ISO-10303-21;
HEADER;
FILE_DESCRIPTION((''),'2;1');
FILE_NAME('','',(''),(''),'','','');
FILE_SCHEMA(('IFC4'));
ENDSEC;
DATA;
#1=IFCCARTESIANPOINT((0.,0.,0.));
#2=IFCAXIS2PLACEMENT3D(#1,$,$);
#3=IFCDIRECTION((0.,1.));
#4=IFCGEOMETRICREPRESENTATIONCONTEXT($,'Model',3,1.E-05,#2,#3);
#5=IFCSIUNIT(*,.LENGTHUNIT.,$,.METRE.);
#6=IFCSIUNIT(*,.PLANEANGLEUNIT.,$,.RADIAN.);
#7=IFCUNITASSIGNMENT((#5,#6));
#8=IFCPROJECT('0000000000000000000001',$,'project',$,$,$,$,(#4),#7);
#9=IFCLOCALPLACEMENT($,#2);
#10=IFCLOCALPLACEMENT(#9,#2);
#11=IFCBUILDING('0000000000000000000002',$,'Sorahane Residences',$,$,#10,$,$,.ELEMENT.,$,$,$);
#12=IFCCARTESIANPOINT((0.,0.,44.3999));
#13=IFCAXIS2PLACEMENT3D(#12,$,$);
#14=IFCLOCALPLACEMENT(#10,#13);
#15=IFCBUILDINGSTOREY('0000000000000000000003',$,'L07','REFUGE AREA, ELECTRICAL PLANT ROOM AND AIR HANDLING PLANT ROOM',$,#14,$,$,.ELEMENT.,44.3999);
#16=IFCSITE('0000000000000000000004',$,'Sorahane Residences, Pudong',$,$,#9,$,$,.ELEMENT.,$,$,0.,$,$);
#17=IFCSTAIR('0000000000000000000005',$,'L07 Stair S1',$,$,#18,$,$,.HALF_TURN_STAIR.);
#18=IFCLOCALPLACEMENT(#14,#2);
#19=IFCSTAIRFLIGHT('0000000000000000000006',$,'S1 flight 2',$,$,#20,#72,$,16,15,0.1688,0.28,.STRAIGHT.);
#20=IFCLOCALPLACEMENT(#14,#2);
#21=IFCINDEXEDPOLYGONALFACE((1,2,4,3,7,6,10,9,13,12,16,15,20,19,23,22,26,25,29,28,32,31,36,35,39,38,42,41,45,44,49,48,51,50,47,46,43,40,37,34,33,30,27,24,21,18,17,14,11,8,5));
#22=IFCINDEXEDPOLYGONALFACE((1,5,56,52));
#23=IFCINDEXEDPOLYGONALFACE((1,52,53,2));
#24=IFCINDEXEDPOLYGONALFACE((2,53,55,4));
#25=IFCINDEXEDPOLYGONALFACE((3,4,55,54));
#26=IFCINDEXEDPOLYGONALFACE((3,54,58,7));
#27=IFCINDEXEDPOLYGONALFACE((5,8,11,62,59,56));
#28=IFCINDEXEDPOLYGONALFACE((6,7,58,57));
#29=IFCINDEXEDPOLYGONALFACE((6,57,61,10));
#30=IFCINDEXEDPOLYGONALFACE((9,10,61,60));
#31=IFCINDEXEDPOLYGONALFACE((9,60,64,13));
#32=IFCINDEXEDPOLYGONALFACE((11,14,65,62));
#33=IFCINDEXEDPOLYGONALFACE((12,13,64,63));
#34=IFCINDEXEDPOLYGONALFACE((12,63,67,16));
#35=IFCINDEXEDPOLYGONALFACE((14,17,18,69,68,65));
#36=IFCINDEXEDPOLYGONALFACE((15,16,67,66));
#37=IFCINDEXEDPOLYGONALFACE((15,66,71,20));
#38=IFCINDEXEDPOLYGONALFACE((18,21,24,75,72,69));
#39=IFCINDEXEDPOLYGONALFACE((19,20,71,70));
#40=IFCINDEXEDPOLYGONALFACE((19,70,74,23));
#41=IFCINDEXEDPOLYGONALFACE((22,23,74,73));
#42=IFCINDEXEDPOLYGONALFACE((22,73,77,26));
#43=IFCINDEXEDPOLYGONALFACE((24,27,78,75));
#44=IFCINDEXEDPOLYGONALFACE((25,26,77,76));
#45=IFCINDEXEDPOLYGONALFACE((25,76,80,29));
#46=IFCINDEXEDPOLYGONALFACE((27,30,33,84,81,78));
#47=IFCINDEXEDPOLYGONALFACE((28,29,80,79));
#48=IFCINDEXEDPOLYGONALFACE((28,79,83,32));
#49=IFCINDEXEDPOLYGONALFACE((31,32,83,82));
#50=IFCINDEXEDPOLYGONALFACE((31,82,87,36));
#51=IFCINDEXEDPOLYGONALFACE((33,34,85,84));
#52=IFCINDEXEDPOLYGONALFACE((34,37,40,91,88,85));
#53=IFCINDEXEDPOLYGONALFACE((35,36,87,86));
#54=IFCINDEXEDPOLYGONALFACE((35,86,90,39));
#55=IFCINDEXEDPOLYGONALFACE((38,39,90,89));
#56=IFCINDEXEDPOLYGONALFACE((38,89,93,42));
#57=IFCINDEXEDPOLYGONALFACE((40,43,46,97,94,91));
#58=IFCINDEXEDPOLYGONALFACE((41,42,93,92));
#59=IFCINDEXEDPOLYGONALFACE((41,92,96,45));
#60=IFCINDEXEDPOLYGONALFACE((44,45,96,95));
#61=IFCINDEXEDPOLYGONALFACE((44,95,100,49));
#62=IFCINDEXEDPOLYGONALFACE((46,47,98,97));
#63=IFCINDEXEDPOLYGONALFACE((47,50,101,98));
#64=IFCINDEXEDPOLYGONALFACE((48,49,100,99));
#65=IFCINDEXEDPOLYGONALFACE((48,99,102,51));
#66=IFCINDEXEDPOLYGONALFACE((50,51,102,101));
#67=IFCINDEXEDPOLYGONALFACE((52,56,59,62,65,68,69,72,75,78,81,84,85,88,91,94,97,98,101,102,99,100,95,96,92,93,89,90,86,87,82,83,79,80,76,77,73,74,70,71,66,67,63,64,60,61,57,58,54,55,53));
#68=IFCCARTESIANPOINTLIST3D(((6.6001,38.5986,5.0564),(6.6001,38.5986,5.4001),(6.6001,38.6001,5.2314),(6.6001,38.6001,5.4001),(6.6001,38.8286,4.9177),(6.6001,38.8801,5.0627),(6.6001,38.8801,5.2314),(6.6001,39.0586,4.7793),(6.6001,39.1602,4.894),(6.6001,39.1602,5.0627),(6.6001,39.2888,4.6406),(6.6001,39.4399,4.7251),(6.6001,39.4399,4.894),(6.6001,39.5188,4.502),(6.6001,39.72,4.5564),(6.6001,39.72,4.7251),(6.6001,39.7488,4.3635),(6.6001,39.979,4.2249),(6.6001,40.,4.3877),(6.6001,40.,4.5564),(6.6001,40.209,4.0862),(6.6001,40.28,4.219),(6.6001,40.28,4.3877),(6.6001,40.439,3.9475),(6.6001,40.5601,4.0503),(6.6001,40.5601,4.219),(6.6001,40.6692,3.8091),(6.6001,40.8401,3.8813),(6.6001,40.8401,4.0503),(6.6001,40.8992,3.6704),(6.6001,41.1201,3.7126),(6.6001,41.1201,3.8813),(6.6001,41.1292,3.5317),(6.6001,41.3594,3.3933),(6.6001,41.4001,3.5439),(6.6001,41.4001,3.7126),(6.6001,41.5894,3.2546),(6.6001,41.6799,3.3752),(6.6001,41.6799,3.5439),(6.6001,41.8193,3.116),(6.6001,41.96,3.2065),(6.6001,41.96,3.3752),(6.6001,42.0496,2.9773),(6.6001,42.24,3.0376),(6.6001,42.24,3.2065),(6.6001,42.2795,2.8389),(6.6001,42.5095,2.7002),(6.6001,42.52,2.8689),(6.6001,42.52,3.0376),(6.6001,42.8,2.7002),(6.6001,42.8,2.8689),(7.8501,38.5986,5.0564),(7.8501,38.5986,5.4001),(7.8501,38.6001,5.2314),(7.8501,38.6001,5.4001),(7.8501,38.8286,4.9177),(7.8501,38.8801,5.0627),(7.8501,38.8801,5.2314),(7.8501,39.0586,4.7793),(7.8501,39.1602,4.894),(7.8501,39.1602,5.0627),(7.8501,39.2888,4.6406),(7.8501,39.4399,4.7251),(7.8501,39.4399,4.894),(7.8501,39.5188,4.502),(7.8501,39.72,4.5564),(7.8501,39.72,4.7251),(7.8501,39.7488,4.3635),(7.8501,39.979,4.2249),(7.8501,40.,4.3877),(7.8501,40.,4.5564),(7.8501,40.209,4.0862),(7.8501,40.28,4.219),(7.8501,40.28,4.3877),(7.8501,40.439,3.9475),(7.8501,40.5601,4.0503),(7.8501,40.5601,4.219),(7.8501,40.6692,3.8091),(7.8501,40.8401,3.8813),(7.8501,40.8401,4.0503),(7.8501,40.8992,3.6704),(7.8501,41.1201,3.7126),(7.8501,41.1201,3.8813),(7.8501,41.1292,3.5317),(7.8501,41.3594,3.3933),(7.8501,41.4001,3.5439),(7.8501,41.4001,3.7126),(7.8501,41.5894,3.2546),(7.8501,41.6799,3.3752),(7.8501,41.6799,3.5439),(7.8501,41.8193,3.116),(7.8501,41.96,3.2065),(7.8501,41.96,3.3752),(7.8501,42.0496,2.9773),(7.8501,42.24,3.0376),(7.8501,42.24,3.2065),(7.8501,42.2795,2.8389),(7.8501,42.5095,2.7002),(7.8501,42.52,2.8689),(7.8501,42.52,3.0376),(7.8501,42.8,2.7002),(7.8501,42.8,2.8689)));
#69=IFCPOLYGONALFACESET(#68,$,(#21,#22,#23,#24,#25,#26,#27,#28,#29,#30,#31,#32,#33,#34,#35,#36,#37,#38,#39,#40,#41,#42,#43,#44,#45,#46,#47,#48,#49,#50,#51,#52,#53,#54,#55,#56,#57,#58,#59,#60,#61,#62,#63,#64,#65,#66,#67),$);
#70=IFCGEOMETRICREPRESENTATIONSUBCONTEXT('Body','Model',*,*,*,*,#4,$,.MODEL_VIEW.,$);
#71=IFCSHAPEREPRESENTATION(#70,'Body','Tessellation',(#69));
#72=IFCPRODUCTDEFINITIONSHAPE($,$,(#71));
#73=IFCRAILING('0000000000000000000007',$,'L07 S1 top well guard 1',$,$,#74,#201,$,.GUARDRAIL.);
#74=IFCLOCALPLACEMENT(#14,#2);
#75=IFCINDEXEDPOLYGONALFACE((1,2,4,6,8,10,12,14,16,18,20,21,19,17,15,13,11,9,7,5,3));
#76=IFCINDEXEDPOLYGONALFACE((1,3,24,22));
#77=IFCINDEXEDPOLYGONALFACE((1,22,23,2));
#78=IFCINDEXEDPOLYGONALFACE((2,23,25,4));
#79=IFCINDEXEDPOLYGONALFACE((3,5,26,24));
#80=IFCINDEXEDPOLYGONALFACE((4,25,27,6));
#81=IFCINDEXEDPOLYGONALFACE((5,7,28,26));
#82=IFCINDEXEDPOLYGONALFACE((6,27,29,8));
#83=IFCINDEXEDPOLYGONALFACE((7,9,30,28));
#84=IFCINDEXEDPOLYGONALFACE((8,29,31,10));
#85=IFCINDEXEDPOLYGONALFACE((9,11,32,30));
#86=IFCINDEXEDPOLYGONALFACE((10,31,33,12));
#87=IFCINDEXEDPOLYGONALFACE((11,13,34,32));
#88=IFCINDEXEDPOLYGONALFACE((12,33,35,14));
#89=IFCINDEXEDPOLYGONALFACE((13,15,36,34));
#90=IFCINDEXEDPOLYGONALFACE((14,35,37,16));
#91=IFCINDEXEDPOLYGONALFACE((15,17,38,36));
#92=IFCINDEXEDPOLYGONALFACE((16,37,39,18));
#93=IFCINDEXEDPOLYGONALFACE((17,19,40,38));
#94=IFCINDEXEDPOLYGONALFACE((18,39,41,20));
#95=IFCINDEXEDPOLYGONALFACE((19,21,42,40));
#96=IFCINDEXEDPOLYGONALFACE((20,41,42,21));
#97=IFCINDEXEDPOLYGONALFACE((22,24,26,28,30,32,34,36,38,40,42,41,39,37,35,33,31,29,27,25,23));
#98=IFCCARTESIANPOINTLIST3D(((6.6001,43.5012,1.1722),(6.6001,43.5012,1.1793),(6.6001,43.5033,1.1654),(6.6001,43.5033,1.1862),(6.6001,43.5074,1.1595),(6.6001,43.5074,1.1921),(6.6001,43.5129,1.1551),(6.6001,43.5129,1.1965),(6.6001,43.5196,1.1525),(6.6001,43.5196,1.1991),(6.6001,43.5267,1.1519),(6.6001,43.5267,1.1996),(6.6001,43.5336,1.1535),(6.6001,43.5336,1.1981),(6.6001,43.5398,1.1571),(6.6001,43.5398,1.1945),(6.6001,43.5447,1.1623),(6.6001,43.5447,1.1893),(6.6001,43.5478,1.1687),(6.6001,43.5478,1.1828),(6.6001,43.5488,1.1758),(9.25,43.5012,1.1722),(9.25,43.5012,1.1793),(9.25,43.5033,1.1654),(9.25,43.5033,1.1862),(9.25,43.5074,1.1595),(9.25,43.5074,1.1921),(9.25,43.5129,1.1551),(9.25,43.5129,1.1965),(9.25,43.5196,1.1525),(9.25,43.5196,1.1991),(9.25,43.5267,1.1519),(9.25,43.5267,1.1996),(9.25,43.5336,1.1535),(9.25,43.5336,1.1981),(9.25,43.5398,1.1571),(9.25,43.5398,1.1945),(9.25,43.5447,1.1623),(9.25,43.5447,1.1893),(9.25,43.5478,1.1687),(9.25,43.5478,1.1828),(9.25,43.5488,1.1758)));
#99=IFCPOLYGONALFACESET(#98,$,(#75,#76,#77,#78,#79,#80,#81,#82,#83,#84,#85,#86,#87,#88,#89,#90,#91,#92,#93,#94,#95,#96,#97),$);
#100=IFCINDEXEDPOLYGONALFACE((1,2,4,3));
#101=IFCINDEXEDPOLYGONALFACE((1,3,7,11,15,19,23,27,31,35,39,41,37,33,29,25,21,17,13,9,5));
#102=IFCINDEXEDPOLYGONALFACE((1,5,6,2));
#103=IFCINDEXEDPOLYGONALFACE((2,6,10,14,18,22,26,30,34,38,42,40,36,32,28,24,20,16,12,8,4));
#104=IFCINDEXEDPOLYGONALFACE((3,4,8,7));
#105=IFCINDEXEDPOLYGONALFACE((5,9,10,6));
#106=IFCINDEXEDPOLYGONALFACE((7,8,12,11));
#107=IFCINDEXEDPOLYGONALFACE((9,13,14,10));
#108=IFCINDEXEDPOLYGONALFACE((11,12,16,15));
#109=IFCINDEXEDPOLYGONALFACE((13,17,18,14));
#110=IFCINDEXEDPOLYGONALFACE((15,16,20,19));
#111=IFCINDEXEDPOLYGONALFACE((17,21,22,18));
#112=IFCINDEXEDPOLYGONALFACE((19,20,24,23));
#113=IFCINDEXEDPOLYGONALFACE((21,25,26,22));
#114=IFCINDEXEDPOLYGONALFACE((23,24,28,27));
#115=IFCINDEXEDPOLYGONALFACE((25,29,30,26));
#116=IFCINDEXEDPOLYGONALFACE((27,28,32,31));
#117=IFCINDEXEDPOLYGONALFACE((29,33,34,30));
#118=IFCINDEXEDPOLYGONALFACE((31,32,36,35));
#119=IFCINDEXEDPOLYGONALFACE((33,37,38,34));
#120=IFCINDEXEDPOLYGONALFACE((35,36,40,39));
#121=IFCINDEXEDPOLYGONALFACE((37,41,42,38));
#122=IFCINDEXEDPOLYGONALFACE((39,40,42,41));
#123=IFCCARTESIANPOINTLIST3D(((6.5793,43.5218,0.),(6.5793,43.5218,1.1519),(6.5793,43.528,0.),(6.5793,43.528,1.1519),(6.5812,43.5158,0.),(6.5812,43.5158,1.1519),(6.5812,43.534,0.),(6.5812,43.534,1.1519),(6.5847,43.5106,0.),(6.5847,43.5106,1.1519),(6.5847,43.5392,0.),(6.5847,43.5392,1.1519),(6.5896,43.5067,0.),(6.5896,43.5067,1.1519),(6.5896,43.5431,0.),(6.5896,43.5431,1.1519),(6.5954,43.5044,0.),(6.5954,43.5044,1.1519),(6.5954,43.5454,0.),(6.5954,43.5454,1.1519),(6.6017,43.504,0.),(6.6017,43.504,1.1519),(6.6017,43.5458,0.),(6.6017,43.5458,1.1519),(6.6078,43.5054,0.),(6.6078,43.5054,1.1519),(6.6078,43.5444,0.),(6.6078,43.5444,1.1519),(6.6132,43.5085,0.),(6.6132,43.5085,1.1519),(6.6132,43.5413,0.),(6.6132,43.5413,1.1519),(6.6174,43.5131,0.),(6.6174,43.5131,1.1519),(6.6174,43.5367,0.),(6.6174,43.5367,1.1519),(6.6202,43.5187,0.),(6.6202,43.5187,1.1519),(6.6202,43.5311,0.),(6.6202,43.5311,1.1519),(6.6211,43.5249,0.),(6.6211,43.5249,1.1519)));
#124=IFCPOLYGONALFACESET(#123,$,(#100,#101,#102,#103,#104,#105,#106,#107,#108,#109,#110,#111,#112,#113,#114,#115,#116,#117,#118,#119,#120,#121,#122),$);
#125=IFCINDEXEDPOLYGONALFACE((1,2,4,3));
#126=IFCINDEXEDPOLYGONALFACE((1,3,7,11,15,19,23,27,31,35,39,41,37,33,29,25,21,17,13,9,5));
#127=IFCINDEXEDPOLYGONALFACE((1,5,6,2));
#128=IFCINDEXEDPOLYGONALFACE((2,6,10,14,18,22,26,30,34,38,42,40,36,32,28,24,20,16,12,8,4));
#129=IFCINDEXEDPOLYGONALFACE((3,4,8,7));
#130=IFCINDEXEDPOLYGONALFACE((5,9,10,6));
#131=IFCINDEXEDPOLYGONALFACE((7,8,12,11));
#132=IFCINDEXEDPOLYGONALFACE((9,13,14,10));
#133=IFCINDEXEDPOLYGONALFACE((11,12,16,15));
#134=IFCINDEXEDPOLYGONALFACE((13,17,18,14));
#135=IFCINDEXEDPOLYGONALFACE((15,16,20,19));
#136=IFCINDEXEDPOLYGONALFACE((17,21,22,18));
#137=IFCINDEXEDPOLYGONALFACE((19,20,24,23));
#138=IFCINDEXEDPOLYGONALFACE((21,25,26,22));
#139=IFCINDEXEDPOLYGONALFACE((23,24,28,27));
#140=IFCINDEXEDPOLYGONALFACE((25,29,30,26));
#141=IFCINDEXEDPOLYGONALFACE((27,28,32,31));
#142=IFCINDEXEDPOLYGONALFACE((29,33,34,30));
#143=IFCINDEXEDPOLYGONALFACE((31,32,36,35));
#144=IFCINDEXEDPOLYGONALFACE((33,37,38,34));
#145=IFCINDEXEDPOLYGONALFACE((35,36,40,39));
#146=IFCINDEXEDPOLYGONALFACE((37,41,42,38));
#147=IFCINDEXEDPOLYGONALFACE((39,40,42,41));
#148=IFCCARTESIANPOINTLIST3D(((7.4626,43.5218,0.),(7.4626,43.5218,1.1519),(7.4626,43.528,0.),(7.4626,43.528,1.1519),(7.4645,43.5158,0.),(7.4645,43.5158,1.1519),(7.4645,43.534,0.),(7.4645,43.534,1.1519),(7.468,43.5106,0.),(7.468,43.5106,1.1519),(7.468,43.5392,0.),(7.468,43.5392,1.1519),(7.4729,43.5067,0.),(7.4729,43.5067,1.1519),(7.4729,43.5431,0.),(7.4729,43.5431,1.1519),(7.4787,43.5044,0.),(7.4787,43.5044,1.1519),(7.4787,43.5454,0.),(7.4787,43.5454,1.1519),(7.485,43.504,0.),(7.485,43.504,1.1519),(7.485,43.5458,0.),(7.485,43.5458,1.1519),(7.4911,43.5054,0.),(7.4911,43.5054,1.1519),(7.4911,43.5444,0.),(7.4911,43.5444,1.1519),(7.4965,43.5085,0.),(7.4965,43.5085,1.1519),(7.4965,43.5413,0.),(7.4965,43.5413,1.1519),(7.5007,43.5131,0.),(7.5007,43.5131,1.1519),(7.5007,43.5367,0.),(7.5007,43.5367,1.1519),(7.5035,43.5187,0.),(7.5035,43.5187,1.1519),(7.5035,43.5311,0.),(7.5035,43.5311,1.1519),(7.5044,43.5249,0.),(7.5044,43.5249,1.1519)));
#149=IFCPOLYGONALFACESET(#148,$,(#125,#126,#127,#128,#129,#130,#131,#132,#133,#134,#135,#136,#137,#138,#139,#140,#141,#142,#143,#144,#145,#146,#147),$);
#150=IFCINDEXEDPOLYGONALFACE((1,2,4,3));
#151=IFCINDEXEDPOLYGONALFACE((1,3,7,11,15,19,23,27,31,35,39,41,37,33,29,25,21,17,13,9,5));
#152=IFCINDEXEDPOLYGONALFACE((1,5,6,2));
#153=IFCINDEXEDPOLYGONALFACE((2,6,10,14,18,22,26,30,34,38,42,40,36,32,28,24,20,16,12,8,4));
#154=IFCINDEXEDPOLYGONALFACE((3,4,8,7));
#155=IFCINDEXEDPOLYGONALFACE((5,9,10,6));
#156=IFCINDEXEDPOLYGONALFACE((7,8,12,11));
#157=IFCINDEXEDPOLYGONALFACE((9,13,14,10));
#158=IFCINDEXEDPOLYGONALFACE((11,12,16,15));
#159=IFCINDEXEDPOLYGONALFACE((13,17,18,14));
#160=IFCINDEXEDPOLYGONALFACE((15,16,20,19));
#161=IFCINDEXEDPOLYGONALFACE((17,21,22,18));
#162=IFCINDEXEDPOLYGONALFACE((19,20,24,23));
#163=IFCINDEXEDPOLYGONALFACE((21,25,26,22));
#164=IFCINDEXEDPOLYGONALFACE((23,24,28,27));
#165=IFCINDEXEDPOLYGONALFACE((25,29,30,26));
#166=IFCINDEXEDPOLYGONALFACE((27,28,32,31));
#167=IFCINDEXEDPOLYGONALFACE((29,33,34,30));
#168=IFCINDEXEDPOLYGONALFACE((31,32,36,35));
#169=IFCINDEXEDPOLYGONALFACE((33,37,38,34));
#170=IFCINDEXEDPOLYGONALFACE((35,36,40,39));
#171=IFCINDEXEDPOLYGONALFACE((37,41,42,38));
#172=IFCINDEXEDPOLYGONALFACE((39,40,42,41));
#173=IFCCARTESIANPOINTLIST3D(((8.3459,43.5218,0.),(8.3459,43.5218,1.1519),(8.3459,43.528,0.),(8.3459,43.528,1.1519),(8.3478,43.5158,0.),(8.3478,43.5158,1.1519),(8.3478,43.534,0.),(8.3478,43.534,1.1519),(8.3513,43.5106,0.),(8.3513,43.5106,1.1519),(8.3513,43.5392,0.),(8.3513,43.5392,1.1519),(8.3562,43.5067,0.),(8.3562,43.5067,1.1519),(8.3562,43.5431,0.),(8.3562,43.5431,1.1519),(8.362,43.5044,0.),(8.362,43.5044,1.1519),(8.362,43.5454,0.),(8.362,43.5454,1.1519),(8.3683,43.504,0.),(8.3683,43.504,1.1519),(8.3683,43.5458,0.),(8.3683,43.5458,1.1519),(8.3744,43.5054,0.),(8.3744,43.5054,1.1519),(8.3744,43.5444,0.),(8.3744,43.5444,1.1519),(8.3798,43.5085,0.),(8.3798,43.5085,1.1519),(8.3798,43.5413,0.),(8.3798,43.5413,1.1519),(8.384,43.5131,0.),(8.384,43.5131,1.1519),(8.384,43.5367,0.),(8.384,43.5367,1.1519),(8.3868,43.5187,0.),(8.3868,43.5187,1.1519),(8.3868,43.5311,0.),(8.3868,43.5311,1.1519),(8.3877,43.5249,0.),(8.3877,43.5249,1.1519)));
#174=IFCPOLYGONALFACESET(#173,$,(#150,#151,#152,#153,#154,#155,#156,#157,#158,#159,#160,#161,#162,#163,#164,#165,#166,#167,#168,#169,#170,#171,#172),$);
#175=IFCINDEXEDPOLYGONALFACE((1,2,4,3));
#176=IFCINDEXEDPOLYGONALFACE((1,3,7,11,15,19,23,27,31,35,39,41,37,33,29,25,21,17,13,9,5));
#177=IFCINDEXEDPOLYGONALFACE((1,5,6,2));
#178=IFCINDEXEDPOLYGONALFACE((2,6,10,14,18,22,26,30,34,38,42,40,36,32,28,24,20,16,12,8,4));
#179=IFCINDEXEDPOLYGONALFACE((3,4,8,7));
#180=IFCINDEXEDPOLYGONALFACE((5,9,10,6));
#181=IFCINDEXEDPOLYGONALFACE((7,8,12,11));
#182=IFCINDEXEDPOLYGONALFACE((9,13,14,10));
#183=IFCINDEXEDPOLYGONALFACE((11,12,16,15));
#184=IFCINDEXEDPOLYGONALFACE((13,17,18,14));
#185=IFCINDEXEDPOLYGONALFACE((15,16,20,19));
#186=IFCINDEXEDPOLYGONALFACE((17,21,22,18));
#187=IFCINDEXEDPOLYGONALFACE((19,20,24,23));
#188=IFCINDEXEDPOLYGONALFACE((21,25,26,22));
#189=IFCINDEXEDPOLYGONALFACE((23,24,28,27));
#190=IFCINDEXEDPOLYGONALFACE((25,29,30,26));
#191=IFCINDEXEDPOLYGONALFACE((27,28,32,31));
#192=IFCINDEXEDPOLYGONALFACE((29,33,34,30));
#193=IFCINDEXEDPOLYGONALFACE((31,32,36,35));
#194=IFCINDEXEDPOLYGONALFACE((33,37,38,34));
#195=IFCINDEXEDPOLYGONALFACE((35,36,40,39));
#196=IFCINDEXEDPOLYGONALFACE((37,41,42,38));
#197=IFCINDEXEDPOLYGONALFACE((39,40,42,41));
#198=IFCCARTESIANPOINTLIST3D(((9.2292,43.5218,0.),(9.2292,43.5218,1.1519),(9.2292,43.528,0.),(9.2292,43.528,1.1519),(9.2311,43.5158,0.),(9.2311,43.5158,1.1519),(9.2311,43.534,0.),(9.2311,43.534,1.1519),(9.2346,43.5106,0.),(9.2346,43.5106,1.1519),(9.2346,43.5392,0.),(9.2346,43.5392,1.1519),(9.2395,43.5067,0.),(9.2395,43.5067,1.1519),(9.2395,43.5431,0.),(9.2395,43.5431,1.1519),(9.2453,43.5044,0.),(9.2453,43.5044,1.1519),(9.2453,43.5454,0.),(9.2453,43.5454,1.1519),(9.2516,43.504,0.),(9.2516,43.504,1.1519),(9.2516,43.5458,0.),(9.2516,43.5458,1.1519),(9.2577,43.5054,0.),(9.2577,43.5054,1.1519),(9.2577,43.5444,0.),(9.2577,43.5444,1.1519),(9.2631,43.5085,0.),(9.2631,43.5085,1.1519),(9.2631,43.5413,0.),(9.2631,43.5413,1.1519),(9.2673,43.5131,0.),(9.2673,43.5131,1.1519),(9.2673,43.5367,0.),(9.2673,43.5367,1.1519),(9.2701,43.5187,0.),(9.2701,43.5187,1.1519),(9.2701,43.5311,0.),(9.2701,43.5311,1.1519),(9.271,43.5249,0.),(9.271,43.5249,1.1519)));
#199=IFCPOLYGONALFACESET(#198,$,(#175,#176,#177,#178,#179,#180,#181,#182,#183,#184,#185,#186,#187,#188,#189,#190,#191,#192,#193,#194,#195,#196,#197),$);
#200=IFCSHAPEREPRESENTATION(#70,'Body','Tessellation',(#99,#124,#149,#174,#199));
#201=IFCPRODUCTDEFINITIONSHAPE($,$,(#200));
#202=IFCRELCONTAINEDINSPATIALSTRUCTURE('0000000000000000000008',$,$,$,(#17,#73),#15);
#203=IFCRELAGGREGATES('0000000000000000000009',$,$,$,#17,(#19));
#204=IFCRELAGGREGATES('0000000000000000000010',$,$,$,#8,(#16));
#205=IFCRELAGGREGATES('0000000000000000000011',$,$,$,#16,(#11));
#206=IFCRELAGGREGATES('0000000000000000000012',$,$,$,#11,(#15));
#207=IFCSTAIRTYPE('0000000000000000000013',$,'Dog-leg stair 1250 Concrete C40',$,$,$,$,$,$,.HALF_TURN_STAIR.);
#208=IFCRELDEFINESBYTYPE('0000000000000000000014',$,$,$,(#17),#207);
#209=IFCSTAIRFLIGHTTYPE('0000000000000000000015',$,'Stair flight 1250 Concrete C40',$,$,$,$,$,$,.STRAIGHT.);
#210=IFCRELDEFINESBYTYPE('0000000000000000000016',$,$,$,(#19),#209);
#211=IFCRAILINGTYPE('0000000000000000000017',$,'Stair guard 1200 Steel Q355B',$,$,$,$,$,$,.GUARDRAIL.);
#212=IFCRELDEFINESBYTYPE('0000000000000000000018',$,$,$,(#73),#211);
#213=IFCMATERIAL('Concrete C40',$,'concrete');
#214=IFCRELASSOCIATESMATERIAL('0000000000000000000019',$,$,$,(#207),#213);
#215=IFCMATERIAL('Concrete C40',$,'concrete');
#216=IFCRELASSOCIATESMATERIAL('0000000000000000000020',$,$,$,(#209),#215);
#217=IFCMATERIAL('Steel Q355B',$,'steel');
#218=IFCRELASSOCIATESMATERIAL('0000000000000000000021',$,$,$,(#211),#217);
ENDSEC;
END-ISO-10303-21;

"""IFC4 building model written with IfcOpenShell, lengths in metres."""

from ifc_helpers import new_model, si_unit, direction, frame, origin, origin_2d, place, context, subcontext, project, spatial, polyline, circle, outline, extrude, material, type_object, element, aggregate, save


model = new_model("IFC4")

# Units and contexts
model_context = context("Model", 3, precision=1e-05, world=origin(), true_north=direction((0.0, 1.0)))
body_context = subcontext(model_context, "Body", "Model", "MODEL_VIEW")
ifc_project = project(units=[si_unit("LENGTHUNIT", "METRE"), si_unit("PLANEANGLEUNIT", "RADIAN")], contexts=[model_context])

# Site, building, storey
site_placement = place(None, origin())
site = spatial("IfcSite", under=ifc_project, at=site_placement, Name="Sorahane Residences, Pudong", CompositionType="ELEMENT", RefElevation=0.0)
building_placement = place(site_placement, origin())
building = spatial("IfcBuilding", under=site, at=building_placement, Name="Sorahane Residences", CompositionType="ELEMENT")
storey_placement = place(building_placement, frame((0.0, 0.0, 44.3999)))
storey = spatial("IfcBuildingStorey", under=building, at=storey_placement, Name="L07", Description="REFUGE AREA, ELECTRICAL PLANT ROOM AND AIR HANDLING PLANT ROOM", CompositionType="ELEMENT", Elevation=44.3999)

# Stair, stair flight
ifc_material_1 = material(Name="Concrete C40", Category="concrete")
stair_type = type_object("IfcStairType", Name="Dog-leg stair 1250 Concrete C40", PredefinedType="HALF_TURN_STAIR", material=ifc_material_1)
stair_placement = place(storey_placement, origin())
stair = element("IfcStair", 1, at=stair_placement, inside=storey, type_object=stair_type, Name="L07 Stair S1", PredefinedType="HALF_TURN_STAIR")
ifc_material_2 = material(Name="Concrete C40", Category="concrete")
stair_flight_type = type_object("IfcStairFlightType", Name="Stair flight 1250 Concrete C40", PredefinedType="STRAIGHT", material=ifc_material_2)
stair_flight_placement = place(storey_placement, frame((7.2251, 42.8, 2.7002), z_axis=(0.0, 0.0, 1.0), x_axis=(0.0, -1.0, 0.0)))
stair_flight = element("IfcStairFlight", 2, at=stair_flight_placement, type_object=stair_flight_type, Name="S1 flight 2", NumberOfRisers=16, NumberOfTreads=15, PredefinedType="STRAIGHT", RiserHeight=0.1688, TreadLength=0.28, context=body_context, shape_type="SweptSolid", body=[
    extrude(outline(polyline([(0.0, 0.0), (0.0, 0.1687), (0.28, 0.1687), (0.28, 0.3374), (0.5601, 0.3374), (0.5601, 0.5063), (0.8401, 0.5063), (0.8401, 0.675), (1.1201, 0.675), (1.1201, 0.8438), (1.3999, 0.8438), (1.3999, 1.0125), (1.6799, 1.0125), (1.6799, 1.1812), (1.96, 1.1812), (1.96, 1.3501), (2.24, 1.3501), (2.24, 1.5188), (2.52, 1.5188), (2.52, 1.6875), (2.8, 1.6875), (2.8, 1.8562), (3.0801, 1.8562), (3.0801, 2.0249), (3.3601, 2.0249), (3.3601, 2.1938), (3.6399, 2.1938), (3.6399, 2.3625), (3.9199, 2.3625), (3.9199, 2.5312), (4.2, 2.5312), (4.2, 2.7), (4.2014, 2.7), (4.2014, 2.3562), (3.9714, 2.2175), (3.7415, 2.0791), (3.5112, 1.9404), (3.2812, 1.8018), (3.0513, 1.6633), (2.821, 1.5247), (2.5911, 1.386), (2.3611, 1.2473), (2.1309, 1.1089), (1.9009, 0.9702), (1.6709, 0.8315), (1.4407, 0.6931), (1.2107, 0.5544), (0.9807, 0.4158), (0.7505, 0.2771), (0.5205, 0.1387), (0.2905, 0.0), (0.0, 0.0)])), frame((0.0, 0.625, 0.0), z_axis=(0.0, -1.0, 0.0), x_axis=(1.0, 0.0, 0.0)), (0.0, 0.0, 1.0), 1.25),
])
aggregate(stair, [stair_flight])

# Railing
ifc_material_3 = material(Name="Steel Q355B", Category="steel")
railing_type = type_object("IfcRailingType", Name="Stair guard 1200 Steel Q355B", PredefinedType="GUARDRAIL", material=ifc_material_3)
for number, where, name in (
    (3, (6.6001, 43.5249, 0.0), "L07 S1 top well guard 1"),
):
    element("IfcRailing", number, at=place(storey_placement, frame(where)), inside=storey, type_object=railing_type, Name=name, PredefinedType="GUARDRAIL", context=body_context, shape_type="SweptSolid", body=[
        extrude(circle(Radius=0.0239, at=origin_2d()), frame((0.0, 0.0, 1.1758), z_axis=(1.0, 0.0, 0.0), x_axis=(0.0, 1.0, 0.0)), (0.0, 0.0, 1.0), 2.6499),
        extrude(circle(Radius=0.021, at=origin_2d()), origin(), (0.0, 0.0, 1.0), 1.1519),
        extrude(circle(Radius=0.021, at=origin_2d()), frame((0.8833, 0.0, 0.0)), (0.0, 0.0, 1.0), 1.1519),
        extrude(circle(Radius=0.021, at=origin_2d()), frame((1.7666, 0.0, 0.0)), (0.0, 0.0, 1.0), 1.1519),
        extrude(circle(Radius=0.021, at=origin_2d()), frame((2.6499, 0.0, 0.0)), (0.0, 0.0, 1.0), 1.1519),
    ])

save(model, "model.ifc")
